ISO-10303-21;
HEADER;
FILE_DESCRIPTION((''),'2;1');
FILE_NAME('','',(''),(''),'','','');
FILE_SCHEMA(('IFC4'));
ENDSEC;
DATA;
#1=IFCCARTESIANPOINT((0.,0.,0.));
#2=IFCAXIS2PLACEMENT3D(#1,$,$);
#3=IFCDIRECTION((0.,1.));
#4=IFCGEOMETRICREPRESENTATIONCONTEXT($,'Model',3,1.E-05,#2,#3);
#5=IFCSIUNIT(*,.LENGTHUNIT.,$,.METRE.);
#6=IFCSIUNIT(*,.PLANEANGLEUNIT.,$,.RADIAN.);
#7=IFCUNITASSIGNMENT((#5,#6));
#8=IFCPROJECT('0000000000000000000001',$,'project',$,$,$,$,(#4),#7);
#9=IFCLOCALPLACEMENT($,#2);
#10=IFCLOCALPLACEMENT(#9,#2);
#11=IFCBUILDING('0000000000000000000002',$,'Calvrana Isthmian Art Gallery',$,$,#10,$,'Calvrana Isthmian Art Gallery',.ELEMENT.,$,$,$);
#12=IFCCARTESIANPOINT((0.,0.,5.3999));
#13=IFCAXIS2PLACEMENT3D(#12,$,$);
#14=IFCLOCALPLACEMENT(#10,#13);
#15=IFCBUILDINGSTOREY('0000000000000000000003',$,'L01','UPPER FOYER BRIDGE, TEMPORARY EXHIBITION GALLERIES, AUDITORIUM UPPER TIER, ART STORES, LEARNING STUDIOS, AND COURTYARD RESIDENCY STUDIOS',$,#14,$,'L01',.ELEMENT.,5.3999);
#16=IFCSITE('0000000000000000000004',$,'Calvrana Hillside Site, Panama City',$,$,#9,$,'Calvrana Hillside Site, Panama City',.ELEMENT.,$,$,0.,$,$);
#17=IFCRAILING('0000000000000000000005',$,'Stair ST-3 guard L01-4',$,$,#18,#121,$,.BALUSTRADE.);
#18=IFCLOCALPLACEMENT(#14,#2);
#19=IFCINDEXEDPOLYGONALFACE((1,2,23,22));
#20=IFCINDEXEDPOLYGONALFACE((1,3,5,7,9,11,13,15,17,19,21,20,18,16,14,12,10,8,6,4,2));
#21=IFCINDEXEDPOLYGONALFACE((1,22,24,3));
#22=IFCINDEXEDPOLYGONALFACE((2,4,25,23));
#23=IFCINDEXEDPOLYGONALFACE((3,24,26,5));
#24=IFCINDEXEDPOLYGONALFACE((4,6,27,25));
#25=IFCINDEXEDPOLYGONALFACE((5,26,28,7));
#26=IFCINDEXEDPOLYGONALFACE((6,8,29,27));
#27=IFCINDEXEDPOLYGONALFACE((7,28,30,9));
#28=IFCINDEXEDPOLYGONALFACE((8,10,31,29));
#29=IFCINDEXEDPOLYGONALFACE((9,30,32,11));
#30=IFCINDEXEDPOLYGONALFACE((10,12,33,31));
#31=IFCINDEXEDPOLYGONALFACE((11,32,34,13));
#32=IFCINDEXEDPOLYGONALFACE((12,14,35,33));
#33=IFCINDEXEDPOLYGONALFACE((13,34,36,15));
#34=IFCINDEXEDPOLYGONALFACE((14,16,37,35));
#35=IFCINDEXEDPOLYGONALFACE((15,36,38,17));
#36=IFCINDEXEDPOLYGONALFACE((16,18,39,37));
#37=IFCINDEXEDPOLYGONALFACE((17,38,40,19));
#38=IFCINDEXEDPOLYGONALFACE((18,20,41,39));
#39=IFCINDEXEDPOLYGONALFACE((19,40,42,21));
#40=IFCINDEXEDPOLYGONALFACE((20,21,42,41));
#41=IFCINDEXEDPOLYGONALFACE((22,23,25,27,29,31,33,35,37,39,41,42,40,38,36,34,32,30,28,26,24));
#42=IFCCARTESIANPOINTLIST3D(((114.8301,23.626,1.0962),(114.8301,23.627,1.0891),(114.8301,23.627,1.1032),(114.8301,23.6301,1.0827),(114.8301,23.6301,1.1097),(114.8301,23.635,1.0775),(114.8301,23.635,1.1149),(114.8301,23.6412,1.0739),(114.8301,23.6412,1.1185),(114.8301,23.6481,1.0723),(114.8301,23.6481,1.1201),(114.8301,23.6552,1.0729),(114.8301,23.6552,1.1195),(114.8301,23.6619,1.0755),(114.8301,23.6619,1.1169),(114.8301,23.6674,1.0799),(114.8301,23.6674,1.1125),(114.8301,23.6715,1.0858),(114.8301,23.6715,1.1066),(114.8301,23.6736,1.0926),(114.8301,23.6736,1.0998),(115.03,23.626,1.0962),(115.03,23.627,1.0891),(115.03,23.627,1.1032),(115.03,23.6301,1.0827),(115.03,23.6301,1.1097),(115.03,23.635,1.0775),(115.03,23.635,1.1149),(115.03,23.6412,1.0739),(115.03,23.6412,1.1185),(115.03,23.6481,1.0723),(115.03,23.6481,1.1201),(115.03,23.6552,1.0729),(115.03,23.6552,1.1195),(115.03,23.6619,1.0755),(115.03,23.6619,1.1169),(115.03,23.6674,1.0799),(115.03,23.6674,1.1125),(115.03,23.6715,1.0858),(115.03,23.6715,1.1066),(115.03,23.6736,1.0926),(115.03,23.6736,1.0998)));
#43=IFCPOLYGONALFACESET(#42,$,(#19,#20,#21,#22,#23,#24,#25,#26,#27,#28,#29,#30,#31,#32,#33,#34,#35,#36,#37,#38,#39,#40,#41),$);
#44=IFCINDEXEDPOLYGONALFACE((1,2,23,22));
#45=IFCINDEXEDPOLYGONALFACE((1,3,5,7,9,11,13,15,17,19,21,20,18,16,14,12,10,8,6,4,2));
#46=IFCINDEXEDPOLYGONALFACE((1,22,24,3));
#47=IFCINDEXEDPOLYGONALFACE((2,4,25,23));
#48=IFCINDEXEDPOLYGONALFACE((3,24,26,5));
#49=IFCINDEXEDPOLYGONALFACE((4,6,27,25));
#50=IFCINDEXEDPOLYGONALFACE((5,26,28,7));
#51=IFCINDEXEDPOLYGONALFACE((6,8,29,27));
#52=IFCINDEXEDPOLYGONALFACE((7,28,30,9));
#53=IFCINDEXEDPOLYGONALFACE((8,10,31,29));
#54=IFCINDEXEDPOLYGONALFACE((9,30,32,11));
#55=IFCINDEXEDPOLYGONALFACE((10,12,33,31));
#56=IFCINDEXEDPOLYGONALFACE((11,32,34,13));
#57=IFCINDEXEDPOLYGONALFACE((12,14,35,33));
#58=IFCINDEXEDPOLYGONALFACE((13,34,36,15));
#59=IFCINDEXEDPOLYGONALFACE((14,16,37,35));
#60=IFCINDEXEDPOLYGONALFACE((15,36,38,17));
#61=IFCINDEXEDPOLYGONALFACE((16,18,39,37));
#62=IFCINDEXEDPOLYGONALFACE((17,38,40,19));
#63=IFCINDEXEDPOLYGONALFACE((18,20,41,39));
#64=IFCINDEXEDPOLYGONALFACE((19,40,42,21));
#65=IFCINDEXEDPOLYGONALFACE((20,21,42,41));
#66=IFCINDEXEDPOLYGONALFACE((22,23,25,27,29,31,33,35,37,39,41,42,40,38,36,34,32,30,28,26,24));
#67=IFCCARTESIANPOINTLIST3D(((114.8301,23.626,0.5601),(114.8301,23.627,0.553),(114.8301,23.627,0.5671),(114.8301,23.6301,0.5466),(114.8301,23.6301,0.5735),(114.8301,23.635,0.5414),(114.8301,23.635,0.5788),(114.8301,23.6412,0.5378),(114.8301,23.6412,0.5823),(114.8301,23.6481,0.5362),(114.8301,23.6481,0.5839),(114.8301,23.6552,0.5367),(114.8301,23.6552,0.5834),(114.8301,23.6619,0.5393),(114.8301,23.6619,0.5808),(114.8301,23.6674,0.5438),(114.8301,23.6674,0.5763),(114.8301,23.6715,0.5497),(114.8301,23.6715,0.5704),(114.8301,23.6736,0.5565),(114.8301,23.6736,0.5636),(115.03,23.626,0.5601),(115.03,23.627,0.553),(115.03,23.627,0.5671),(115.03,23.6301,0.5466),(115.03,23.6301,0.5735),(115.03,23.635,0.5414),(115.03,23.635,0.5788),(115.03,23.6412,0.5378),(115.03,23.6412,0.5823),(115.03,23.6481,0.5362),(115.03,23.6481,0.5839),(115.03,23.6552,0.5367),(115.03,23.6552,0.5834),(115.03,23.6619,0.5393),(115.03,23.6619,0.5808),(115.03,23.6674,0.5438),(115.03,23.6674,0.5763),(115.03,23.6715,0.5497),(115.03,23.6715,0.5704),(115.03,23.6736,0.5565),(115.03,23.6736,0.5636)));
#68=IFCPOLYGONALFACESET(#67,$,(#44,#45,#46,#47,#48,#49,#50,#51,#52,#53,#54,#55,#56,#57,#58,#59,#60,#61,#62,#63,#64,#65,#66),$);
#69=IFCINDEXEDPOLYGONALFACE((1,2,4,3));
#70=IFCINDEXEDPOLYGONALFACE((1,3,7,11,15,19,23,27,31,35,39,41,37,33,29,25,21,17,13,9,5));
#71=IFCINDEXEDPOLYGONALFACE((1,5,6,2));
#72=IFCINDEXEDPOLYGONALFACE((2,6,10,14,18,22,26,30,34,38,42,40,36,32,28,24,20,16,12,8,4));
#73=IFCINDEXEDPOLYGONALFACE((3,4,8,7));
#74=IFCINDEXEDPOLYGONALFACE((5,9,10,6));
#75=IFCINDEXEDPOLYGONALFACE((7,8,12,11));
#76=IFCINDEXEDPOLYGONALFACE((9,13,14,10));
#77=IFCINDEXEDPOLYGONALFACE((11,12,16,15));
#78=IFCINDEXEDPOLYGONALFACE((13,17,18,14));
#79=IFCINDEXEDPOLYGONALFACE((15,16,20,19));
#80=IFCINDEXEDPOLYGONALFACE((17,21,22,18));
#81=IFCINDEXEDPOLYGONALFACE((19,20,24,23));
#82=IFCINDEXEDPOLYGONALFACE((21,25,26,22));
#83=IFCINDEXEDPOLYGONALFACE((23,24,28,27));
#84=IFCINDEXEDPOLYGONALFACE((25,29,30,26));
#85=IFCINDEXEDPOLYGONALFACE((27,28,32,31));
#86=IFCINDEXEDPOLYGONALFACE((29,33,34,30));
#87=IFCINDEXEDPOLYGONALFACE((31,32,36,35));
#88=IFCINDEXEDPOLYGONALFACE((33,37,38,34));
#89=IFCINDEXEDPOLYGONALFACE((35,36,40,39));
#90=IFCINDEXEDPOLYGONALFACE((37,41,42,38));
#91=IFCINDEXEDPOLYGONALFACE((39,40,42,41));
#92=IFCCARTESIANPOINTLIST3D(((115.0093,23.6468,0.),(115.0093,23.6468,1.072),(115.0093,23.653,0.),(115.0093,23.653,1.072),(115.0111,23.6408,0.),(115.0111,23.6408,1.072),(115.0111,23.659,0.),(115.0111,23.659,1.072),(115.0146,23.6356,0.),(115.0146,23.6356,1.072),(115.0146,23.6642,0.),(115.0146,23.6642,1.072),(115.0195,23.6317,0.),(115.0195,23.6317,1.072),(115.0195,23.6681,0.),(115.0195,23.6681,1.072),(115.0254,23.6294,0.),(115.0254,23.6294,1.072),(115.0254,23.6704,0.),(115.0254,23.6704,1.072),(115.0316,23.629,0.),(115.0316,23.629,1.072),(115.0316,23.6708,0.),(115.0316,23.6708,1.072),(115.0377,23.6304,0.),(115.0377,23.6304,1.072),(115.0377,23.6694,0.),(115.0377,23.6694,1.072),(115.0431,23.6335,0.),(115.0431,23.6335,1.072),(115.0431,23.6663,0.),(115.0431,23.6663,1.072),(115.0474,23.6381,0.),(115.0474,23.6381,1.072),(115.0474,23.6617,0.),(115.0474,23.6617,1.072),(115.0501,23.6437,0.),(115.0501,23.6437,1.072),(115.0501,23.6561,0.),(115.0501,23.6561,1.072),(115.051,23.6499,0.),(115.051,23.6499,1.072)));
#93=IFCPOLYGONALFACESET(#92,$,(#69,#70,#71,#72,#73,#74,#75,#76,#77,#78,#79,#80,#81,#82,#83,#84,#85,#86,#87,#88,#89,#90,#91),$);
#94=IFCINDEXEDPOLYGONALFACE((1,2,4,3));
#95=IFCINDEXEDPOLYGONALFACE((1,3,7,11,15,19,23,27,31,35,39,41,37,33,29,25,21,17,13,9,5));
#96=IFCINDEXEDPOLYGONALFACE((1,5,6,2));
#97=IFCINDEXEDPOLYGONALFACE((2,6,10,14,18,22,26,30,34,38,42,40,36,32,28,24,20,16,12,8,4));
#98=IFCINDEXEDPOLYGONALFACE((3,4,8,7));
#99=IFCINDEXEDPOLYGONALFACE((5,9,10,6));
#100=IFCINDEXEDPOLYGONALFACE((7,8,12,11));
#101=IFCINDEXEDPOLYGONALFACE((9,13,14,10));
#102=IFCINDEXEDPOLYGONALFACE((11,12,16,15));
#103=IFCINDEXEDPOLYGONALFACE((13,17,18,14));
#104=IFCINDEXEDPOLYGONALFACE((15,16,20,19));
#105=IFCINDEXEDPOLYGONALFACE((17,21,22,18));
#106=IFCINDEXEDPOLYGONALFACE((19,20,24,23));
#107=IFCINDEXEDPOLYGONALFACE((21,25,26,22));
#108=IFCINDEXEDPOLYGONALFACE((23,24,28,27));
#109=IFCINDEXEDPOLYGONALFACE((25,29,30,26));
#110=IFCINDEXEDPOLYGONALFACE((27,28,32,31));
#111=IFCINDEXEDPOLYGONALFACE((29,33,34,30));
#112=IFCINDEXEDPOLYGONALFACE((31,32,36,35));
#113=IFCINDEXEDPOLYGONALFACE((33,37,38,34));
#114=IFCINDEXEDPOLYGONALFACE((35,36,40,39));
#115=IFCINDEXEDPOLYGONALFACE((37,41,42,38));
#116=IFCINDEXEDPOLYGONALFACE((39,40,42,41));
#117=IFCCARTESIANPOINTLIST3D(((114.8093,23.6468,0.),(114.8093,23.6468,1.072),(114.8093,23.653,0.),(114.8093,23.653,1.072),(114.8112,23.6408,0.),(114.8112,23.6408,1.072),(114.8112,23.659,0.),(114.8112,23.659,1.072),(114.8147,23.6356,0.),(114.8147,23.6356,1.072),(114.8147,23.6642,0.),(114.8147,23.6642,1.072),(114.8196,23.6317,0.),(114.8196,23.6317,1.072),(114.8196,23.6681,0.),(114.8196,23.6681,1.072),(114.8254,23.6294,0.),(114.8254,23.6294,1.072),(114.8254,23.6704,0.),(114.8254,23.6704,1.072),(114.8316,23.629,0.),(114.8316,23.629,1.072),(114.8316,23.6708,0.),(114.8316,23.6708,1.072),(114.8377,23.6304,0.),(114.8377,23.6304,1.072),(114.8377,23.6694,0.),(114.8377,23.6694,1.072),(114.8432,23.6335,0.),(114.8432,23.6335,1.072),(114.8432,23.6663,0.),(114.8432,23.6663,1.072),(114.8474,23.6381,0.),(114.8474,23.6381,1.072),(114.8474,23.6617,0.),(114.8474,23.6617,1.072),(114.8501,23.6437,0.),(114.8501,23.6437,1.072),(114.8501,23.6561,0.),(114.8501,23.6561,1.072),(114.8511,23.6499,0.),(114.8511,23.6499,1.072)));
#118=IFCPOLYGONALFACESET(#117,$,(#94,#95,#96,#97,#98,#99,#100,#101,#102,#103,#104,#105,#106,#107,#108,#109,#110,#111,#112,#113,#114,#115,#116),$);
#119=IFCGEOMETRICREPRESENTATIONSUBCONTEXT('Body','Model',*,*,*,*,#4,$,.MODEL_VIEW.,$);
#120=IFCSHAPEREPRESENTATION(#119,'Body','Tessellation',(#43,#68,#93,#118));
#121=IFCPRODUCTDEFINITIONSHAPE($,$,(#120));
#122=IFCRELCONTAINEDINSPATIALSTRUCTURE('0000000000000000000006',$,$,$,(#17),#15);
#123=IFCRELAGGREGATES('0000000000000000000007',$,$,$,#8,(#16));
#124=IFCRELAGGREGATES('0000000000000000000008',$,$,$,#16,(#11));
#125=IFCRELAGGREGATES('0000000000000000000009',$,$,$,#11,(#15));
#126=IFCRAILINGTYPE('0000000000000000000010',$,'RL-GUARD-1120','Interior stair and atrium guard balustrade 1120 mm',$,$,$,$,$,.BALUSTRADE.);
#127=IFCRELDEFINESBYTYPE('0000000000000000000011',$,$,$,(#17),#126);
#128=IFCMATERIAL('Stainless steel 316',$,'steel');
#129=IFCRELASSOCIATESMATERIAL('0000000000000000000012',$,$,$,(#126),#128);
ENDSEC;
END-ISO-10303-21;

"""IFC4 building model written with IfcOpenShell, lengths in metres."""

from ifc_helpers import new_model, si_unit, direction, frame, origin, origin_2d, place, context, subcontext, project, spatial, circle, extrude, material, type_object, element, save


model = new_model("IFC4")

# Units and contexts
model_context = context("Model", 3, precision=1e-05, world=origin(), true_north=direction((0.0, 1.0)))
body_context = subcontext(model_context, "Body", "Model", "MODEL_VIEW")
ifc_project = project(units=[si_unit("LENGTHUNIT", "METRE"), si_unit("PLANEANGLEUNIT", "RADIAN")], contexts=[model_context])

# Site, building, storey
site_placement = place(None, origin())
site = spatial("IfcSite", under=ifc_project, at=site_placement, Name="Calvrana Hillside Site, Panama City", LongName="Calvrana Hillside Site, Panama City", CompositionType="ELEMENT", RefElevation=0.0)
building_placement = place(site_placement, origin())
building = spatial("IfcBuilding", under=site, at=building_placement, Name="Calvrana Isthmian Art Gallery", LongName="Calvrana Isthmian Art Gallery", CompositionType="ELEMENT")
storey_placement = place(building_placement, frame((0.0, 0.0, 5.3999)))
storey = spatial("IfcBuildingStorey", under=building, at=storey_placement, Name="L01", Description="UPPER FOYER BRIDGE, TEMPORARY EXHIBITION GALLERIES, AUDITORIUM UPPER TIER, ART STORES, LEARNING STUDIOS, AND COURTYARD RESIDENCY STUDIOS", LongName="L01", CompositionType="ELEMENT", Elevation=5.3999)

# Railing
ifc_material_1 = material(Name="Stainless steel 316", Category="steel")
railing_type_1 = type_object("IfcRailingType", Name="RL-GUARD-1120", Description="Interior stair and atrium guard balustrade 1120 mm", PredefinedType="BALUSTRADE", material=ifc_material_1)
railing_1_placement = place(storey_placement, frame((115.03, 23.6499, 0.0)))
element("IfcRailing", 1, at=railing_1_placement, inside=storey, type_object=railing_type_1, Name="Stair ST-3 guard L01-4", PredefinedType="BALUSTRADE", context=body_context, shape_type="SweptSolid", body=[
    extrude(circle(Radius=0.0239, at=origin_2d()), frame((0.0, 0.0, 1.0962), z_axis=(-1.0, 0.0, 0.0), x_axis=(0.0, -1.0, 0.0)), (0.0, 0.0, 1.0), 0.2),
    extrude(circle(Radius=0.0239, at=origin_2d()), frame((0.0, 0.0, 0.5601), z_axis=(-1.0, 0.0, 0.0), x_axis=(0.0, -1.0, 0.0)), (0.0, 0.0, 1.0), 0.2),
    extrude(circle(Radius=0.021, at=origin_2d()), origin(), (0.0, 0.0, 1.0), 1.072),
    extrude(circle(Radius=0.021, at=origin_2d()), frame((-0.2, 0.0, 0.0)), (0.0, 0.0, 1.0), 1.072),
])

save(model, "model.ifc")
